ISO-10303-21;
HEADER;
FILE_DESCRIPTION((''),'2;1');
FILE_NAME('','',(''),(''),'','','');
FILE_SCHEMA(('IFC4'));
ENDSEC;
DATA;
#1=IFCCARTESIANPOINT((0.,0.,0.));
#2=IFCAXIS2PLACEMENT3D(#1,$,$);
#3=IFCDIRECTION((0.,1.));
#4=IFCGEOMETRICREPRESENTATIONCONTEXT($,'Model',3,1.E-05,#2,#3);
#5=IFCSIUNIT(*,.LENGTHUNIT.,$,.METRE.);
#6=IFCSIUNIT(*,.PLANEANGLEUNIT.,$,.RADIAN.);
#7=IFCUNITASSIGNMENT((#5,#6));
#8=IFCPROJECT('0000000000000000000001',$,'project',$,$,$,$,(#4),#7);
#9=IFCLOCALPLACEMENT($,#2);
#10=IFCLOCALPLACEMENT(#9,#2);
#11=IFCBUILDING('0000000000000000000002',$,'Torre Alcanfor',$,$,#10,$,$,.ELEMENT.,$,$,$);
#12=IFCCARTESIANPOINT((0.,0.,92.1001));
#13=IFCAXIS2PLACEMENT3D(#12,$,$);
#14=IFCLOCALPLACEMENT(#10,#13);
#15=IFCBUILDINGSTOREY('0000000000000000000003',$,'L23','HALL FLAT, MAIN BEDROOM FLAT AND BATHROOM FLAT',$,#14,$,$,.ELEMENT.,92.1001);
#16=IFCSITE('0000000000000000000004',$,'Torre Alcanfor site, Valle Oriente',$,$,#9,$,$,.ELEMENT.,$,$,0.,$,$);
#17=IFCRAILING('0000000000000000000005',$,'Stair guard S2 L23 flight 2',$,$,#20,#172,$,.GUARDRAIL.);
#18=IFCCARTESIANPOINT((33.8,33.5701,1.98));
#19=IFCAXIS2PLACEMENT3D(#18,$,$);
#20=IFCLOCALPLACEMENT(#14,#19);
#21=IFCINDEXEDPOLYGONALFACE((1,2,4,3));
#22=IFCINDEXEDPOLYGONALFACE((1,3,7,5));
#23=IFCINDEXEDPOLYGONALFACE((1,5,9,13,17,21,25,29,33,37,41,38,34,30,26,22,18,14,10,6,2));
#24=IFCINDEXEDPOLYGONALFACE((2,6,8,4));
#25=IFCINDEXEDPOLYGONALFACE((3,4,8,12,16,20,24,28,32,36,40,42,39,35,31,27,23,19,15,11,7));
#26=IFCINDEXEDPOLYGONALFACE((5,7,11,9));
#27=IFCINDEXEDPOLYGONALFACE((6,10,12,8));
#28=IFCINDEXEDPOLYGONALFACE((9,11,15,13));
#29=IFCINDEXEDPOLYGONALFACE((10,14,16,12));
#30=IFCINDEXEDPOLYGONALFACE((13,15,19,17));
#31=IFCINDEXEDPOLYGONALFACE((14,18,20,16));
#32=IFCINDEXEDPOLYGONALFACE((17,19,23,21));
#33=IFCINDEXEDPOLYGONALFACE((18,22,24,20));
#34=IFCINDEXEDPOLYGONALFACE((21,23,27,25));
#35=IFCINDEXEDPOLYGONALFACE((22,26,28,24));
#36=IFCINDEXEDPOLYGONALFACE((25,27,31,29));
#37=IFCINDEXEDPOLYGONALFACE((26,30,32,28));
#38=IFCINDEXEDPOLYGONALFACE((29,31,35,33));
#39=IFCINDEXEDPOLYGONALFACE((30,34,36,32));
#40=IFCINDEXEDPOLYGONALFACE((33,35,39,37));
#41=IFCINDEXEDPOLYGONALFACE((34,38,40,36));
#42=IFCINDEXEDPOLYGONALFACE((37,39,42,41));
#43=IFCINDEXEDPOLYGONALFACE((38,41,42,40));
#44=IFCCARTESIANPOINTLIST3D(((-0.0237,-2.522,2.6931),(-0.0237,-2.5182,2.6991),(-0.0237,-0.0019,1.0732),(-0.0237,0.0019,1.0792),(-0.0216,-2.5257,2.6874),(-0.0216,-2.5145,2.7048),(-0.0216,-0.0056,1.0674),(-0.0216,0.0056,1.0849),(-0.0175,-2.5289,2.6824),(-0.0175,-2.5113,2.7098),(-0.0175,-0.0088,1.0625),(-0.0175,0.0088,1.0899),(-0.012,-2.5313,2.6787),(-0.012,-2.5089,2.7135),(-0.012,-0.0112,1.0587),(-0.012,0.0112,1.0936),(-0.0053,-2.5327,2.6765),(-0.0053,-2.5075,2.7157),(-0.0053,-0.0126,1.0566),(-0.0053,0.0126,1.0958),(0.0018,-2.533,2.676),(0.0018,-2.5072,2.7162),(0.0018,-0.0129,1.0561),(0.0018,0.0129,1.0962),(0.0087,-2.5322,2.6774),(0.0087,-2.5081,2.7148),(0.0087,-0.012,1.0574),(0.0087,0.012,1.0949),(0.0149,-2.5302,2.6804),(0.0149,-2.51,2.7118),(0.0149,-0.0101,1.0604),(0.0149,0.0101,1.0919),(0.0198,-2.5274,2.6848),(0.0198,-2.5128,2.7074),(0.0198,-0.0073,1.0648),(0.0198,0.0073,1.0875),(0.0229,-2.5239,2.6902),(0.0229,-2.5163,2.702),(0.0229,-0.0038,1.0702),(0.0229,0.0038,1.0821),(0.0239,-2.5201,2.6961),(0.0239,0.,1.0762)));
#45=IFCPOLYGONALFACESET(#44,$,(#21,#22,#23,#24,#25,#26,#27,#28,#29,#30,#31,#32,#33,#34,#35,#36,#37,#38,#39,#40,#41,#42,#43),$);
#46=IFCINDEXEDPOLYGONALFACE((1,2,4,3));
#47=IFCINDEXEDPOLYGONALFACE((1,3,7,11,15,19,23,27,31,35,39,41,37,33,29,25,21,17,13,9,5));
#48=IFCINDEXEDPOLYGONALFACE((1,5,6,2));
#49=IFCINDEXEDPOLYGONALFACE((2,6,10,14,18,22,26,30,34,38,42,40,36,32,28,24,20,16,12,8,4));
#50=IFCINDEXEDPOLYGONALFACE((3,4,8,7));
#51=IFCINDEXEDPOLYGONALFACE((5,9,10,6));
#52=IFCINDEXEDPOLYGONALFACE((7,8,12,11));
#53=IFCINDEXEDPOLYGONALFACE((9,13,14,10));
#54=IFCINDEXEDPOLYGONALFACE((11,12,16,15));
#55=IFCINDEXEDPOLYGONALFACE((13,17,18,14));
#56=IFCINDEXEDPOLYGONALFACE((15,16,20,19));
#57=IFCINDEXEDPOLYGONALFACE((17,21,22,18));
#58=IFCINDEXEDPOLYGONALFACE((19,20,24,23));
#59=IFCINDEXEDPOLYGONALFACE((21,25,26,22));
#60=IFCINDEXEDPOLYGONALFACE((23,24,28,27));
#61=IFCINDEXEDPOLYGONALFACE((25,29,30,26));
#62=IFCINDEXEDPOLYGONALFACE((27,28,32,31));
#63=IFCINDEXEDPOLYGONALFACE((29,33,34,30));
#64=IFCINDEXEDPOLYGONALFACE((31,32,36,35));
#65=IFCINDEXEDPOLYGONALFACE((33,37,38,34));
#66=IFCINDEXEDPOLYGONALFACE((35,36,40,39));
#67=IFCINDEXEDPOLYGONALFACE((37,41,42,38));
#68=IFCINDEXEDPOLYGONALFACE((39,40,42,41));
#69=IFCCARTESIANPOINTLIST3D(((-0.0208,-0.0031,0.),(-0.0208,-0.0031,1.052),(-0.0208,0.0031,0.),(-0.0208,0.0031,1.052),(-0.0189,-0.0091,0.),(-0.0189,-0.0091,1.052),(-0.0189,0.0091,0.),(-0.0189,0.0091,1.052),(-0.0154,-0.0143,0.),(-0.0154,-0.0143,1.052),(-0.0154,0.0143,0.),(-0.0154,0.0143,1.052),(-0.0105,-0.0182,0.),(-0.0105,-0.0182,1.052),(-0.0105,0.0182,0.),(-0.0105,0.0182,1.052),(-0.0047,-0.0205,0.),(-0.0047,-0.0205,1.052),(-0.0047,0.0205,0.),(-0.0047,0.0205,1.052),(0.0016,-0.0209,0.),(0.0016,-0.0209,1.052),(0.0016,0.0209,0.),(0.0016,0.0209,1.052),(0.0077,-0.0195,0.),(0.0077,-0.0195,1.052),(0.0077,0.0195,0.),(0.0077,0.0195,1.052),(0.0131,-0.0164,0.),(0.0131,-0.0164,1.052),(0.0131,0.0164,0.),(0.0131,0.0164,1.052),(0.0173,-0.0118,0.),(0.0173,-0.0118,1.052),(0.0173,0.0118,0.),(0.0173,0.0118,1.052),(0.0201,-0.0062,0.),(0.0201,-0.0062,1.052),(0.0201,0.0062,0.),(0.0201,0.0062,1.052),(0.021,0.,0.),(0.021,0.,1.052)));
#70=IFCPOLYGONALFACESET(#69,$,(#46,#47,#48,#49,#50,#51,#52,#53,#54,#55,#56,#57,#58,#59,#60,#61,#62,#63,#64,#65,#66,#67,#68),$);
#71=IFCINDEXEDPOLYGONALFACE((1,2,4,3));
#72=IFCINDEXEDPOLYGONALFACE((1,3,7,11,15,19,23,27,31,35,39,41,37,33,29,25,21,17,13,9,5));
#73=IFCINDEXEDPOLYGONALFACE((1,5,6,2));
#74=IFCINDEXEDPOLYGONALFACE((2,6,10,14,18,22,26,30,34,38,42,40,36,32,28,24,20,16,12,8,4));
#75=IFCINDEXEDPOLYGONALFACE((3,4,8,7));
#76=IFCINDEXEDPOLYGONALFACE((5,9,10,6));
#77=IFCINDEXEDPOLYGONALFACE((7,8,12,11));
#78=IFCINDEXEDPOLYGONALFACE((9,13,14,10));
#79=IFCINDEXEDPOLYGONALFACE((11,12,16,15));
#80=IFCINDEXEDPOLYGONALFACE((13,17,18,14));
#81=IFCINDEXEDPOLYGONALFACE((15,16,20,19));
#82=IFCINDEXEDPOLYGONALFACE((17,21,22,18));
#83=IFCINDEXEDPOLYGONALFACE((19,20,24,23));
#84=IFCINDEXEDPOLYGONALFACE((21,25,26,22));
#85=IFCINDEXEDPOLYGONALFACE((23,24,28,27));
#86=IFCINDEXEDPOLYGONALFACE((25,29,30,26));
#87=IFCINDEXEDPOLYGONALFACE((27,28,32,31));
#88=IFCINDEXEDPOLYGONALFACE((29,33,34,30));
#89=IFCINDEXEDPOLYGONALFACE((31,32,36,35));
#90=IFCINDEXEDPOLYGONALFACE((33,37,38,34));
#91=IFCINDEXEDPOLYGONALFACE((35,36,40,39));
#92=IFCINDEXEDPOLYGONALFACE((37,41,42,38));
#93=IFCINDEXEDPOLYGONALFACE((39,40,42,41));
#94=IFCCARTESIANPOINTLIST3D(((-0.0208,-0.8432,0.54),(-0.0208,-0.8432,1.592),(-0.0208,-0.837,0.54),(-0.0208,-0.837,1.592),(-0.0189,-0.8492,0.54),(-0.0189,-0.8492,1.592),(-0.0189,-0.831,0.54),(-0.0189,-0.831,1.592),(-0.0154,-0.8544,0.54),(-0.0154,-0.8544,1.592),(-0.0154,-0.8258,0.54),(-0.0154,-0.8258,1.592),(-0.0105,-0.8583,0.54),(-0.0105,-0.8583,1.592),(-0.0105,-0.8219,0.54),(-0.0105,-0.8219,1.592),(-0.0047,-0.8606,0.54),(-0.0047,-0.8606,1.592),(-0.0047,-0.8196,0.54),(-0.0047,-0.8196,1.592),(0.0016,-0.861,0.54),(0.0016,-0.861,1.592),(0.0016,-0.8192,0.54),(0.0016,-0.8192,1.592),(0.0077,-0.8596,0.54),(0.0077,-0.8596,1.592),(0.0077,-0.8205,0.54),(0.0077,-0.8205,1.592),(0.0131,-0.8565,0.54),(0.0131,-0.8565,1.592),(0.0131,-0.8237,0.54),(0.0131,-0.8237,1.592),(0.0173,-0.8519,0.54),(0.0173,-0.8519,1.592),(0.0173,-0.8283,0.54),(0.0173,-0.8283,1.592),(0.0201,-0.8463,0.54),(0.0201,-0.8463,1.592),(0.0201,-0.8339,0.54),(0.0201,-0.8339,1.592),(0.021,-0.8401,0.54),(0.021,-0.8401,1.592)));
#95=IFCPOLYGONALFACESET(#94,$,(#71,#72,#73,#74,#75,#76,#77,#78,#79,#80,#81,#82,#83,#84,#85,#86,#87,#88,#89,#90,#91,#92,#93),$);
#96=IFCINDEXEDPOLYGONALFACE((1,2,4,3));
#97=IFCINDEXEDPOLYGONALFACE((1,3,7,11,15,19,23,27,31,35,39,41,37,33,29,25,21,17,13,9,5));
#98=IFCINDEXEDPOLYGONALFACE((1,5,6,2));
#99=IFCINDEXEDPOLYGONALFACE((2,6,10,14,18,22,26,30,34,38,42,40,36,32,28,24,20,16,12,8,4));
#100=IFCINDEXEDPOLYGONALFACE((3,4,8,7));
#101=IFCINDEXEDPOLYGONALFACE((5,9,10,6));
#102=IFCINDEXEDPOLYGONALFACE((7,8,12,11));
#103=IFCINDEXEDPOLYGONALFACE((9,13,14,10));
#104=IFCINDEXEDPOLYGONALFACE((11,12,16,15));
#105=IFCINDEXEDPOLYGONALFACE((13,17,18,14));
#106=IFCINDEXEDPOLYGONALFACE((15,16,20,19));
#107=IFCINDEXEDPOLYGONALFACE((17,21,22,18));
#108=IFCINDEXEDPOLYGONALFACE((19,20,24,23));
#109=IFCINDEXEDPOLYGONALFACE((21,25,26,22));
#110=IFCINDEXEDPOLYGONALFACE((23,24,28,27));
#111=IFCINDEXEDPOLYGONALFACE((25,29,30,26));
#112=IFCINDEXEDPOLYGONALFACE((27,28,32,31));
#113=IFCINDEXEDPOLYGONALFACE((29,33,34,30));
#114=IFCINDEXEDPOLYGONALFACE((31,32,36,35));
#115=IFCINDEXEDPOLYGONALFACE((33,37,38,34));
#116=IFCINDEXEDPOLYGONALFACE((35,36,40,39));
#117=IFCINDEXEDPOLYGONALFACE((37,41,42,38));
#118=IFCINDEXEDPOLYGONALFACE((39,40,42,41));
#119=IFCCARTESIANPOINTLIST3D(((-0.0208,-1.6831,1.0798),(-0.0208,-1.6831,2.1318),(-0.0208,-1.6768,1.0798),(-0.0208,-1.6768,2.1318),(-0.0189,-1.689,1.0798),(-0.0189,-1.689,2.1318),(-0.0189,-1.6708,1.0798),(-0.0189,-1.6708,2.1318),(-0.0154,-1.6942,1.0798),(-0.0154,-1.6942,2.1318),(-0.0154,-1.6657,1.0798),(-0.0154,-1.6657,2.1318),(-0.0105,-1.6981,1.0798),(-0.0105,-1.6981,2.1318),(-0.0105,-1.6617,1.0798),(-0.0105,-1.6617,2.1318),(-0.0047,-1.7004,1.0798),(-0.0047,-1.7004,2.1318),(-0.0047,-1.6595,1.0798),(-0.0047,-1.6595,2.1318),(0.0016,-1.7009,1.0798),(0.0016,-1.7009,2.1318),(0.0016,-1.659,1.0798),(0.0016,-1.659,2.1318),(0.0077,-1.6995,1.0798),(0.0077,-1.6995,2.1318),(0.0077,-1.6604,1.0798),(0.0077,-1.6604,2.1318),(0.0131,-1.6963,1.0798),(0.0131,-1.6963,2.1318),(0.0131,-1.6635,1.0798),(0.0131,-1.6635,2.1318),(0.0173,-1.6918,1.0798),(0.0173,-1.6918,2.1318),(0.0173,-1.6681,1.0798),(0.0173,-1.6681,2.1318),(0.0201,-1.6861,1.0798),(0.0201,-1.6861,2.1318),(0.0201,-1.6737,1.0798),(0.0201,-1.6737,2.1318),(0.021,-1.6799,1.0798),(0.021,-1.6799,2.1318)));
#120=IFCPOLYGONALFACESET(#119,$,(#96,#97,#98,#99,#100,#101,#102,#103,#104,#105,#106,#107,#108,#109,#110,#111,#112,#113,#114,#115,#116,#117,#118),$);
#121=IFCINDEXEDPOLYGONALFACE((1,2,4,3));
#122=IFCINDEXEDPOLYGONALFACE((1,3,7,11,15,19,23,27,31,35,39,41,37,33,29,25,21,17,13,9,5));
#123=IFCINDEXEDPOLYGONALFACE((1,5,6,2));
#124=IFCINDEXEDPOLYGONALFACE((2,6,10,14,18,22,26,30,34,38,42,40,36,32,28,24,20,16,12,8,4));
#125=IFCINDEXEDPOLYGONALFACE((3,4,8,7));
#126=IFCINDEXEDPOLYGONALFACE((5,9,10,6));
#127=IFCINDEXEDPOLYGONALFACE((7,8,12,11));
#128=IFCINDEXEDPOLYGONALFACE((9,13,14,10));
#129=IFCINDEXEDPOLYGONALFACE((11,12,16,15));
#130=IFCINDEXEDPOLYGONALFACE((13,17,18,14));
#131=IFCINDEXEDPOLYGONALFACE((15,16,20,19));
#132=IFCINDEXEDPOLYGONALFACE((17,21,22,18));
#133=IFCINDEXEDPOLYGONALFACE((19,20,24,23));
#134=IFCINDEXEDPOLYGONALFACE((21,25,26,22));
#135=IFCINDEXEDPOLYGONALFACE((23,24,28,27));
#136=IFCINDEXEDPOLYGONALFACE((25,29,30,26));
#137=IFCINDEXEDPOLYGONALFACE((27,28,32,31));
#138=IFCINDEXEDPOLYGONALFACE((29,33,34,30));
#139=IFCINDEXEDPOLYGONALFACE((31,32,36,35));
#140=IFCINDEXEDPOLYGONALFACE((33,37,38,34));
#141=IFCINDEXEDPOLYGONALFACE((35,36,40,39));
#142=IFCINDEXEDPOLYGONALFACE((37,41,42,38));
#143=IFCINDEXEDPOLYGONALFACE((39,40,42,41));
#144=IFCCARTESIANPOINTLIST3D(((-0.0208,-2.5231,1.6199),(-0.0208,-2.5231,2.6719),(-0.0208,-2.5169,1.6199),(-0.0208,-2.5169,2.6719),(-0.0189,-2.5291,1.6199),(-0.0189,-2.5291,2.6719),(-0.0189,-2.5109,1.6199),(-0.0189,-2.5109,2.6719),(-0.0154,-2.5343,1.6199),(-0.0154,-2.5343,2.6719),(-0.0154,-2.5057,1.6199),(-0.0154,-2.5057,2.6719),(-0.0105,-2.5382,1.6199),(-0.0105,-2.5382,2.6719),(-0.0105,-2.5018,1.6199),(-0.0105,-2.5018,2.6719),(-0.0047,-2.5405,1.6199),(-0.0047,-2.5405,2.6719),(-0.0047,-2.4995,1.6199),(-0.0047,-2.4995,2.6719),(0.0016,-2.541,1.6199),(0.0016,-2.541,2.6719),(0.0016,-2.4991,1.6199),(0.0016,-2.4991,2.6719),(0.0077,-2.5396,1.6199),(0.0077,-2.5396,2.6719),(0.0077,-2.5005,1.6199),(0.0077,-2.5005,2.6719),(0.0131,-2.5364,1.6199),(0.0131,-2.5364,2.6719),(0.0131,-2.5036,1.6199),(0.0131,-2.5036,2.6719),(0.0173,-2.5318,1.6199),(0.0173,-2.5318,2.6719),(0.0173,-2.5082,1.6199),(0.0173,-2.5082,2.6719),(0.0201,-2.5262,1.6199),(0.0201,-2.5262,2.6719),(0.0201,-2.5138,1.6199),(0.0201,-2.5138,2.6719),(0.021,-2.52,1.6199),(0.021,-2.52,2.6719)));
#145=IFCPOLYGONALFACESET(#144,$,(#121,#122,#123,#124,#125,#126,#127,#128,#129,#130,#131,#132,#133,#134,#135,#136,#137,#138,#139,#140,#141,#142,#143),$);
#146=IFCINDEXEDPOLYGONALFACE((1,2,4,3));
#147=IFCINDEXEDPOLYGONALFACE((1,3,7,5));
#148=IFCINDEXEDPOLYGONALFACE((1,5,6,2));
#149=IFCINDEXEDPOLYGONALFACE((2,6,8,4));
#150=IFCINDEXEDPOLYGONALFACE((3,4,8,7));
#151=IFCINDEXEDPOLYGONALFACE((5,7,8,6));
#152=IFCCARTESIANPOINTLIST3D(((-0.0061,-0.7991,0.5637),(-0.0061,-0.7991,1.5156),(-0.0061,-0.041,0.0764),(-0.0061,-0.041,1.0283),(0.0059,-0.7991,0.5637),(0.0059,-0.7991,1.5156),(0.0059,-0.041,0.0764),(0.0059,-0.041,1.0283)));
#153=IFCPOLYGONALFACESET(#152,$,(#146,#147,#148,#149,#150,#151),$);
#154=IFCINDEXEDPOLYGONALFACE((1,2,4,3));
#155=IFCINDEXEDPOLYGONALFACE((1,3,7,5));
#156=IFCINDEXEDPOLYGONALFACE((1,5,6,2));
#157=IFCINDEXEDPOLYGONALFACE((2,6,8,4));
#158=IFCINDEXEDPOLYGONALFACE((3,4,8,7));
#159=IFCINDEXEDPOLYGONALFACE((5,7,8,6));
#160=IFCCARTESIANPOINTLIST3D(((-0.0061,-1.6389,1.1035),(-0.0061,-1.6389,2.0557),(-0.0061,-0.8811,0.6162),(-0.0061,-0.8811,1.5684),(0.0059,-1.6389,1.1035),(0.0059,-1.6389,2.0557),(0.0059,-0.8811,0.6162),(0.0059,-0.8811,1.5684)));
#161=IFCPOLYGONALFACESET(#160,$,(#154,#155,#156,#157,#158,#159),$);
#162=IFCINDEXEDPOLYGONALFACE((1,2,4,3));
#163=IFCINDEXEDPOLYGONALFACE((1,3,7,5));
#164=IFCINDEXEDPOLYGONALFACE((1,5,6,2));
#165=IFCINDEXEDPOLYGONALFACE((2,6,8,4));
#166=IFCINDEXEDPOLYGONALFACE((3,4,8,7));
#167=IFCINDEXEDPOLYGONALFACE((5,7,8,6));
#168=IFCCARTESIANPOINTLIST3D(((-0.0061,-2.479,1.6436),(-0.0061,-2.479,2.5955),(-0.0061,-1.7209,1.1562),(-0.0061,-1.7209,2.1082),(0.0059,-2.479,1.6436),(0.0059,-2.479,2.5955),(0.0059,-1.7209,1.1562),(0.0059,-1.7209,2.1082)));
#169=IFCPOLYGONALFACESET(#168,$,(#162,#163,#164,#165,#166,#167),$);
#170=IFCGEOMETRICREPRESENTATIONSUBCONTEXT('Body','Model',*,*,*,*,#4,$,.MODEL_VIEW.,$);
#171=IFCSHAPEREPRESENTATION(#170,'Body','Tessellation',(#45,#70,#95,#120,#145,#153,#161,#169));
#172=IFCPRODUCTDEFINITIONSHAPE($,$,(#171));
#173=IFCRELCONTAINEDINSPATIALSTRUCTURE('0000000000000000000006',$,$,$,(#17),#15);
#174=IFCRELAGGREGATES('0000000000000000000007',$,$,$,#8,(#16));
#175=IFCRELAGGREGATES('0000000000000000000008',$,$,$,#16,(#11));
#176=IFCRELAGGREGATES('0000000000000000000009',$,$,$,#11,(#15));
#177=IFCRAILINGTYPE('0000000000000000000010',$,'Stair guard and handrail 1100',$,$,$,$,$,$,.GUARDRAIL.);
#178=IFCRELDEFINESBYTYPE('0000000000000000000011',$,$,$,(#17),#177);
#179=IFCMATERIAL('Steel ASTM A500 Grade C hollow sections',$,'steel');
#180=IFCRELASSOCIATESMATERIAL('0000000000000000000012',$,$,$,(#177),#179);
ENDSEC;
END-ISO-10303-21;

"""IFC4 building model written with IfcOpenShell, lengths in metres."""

from ifc_helpers import new_model, si_unit, direction, frame, origin, origin_2d, place, context, subcontext, project, spatial, polyline, circle, outline, extrude, material, type_object, element, save


model = new_model("IFC4")

# Units and contexts
model_context = context("Model", 3, precision=1e-05, world=origin(), true_north=direction((0.0, 1.0)))
body_context = subcontext(model_context, "Body", "Model", "MODEL_VIEW")
ifc_project = project(units=[si_unit("LENGTHUNIT", "METRE"), si_unit("PLANEANGLEUNIT", "RADIAN")], contexts=[model_context])

# Site, building, storey
site_placement = place(None, origin())
site = spatial("IfcSite", under=ifc_project, at=site_placement, Name="Torre Alcanfor site, Valle Oriente", CompositionType="ELEMENT", RefElevation=0.0)
building_placement = place(site_placement, origin())
building = spatial("IfcBuilding", under=site, at=building_placement, Name="Torre Alcanfor", CompositionType="ELEMENT")
storey_placement = place(building_placement, frame((0.0, 0.0, 92.1001)))
storey = spatial("IfcBuildingStorey", under=building, at=storey_placement, Name="L23", Description="HALL FLAT, MAIN BEDROOM FLAT AND BATHROOM FLAT", CompositionType="ELEMENT", Elevation=92.1001)

# Railing
ifc_material_1 = material(Name="Steel ASTM A500 Grade C hollow sections", Category="steel")
railing_type_1 = type_object("IfcRailingType", Name="Stair guard and handrail 1100", PredefinedType="GUARDRAIL", material=ifc_material_1)
railing_1_placement = place(storey_placement, frame((33.8, 33.5701, 1.98)))
element("IfcRailing", 1, at=railing_1_placement, inside=storey, type_object=railing_type_1, Name="Stair guard S2 L23 flight 2", PredefinedType="GUARDRAIL", context=body_context, shape_type="SweptSolid", body=[
    extrude(circle(Radius=0.0239, at=origin_2d()), frame((0.0, 0.0, 1.0762), z_axis=(0.0, -0.8412, 0.540725), x_axis=(1.0, 0.0, 0.0)), (0.0, 0.0, 1.0), 2.9958),
    extrude(circle(Radius=0.021, at=origin_2d()), origin(), (0.0, 0.0, 1.0), 1.052),
    extrude(circle(Radius=0.021, at=origin_2d()), frame((0.0, -0.8401, 0.54)), (0.0, 0.0, 1.0), 1.052),
    extrude(circle(Radius=0.021, at=origin_2d()), frame((0.0, -1.6799, 1.0798)), (0.0, 0.0, 1.0), 1.052),
    extrude(circle(Radius=0.021, at=origin_2d()), frame((0.0, -2.52, 1.6199)), (0.0, 0.0, 1.0), 1.052),
    extrude(outline(polyline([(0.041, 0.0764), (0.7991, 0.5637), (0.7991, 1.5156), (0.041, 1.0283), (0.041, 0.0764)])), frame((0.0059, 0.0, 0.0), z_axis=(-1.0, 0.0, 0.0), x_axis=(0.0, -1.0, 0.0)), (0.0, 0.0, 1.0), 0.012),
    extrude(outline(polyline([(0.8811, 0.6162), (1.6389, 1.1035), (1.6389, 2.0557), (0.8811, 1.5684), (0.8811, 0.6162)])), frame((0.0059, 0.0, 0.0), z_axis=(-1.0, 0.0, 0.0), x_axis=(0.0, -1.0, 0.0)), (0.0, 0.0, 1.0), 0.012),
    extrude(outline(polyline([(1.7209, 1.1562), (2.479, 1.6436), (2.479, 2.5955), (1.7209, 2.1082), (1.7209, 1.1562)])), frame((0.0059, 0.0, 0.0), z_axis=(-1.0, 0.0, 0.0), x_axis=(0.0, -1.0, 0.0)), (0.0, 0.0, 1.0), 0.012),
])

save(model, "model.ifc")
